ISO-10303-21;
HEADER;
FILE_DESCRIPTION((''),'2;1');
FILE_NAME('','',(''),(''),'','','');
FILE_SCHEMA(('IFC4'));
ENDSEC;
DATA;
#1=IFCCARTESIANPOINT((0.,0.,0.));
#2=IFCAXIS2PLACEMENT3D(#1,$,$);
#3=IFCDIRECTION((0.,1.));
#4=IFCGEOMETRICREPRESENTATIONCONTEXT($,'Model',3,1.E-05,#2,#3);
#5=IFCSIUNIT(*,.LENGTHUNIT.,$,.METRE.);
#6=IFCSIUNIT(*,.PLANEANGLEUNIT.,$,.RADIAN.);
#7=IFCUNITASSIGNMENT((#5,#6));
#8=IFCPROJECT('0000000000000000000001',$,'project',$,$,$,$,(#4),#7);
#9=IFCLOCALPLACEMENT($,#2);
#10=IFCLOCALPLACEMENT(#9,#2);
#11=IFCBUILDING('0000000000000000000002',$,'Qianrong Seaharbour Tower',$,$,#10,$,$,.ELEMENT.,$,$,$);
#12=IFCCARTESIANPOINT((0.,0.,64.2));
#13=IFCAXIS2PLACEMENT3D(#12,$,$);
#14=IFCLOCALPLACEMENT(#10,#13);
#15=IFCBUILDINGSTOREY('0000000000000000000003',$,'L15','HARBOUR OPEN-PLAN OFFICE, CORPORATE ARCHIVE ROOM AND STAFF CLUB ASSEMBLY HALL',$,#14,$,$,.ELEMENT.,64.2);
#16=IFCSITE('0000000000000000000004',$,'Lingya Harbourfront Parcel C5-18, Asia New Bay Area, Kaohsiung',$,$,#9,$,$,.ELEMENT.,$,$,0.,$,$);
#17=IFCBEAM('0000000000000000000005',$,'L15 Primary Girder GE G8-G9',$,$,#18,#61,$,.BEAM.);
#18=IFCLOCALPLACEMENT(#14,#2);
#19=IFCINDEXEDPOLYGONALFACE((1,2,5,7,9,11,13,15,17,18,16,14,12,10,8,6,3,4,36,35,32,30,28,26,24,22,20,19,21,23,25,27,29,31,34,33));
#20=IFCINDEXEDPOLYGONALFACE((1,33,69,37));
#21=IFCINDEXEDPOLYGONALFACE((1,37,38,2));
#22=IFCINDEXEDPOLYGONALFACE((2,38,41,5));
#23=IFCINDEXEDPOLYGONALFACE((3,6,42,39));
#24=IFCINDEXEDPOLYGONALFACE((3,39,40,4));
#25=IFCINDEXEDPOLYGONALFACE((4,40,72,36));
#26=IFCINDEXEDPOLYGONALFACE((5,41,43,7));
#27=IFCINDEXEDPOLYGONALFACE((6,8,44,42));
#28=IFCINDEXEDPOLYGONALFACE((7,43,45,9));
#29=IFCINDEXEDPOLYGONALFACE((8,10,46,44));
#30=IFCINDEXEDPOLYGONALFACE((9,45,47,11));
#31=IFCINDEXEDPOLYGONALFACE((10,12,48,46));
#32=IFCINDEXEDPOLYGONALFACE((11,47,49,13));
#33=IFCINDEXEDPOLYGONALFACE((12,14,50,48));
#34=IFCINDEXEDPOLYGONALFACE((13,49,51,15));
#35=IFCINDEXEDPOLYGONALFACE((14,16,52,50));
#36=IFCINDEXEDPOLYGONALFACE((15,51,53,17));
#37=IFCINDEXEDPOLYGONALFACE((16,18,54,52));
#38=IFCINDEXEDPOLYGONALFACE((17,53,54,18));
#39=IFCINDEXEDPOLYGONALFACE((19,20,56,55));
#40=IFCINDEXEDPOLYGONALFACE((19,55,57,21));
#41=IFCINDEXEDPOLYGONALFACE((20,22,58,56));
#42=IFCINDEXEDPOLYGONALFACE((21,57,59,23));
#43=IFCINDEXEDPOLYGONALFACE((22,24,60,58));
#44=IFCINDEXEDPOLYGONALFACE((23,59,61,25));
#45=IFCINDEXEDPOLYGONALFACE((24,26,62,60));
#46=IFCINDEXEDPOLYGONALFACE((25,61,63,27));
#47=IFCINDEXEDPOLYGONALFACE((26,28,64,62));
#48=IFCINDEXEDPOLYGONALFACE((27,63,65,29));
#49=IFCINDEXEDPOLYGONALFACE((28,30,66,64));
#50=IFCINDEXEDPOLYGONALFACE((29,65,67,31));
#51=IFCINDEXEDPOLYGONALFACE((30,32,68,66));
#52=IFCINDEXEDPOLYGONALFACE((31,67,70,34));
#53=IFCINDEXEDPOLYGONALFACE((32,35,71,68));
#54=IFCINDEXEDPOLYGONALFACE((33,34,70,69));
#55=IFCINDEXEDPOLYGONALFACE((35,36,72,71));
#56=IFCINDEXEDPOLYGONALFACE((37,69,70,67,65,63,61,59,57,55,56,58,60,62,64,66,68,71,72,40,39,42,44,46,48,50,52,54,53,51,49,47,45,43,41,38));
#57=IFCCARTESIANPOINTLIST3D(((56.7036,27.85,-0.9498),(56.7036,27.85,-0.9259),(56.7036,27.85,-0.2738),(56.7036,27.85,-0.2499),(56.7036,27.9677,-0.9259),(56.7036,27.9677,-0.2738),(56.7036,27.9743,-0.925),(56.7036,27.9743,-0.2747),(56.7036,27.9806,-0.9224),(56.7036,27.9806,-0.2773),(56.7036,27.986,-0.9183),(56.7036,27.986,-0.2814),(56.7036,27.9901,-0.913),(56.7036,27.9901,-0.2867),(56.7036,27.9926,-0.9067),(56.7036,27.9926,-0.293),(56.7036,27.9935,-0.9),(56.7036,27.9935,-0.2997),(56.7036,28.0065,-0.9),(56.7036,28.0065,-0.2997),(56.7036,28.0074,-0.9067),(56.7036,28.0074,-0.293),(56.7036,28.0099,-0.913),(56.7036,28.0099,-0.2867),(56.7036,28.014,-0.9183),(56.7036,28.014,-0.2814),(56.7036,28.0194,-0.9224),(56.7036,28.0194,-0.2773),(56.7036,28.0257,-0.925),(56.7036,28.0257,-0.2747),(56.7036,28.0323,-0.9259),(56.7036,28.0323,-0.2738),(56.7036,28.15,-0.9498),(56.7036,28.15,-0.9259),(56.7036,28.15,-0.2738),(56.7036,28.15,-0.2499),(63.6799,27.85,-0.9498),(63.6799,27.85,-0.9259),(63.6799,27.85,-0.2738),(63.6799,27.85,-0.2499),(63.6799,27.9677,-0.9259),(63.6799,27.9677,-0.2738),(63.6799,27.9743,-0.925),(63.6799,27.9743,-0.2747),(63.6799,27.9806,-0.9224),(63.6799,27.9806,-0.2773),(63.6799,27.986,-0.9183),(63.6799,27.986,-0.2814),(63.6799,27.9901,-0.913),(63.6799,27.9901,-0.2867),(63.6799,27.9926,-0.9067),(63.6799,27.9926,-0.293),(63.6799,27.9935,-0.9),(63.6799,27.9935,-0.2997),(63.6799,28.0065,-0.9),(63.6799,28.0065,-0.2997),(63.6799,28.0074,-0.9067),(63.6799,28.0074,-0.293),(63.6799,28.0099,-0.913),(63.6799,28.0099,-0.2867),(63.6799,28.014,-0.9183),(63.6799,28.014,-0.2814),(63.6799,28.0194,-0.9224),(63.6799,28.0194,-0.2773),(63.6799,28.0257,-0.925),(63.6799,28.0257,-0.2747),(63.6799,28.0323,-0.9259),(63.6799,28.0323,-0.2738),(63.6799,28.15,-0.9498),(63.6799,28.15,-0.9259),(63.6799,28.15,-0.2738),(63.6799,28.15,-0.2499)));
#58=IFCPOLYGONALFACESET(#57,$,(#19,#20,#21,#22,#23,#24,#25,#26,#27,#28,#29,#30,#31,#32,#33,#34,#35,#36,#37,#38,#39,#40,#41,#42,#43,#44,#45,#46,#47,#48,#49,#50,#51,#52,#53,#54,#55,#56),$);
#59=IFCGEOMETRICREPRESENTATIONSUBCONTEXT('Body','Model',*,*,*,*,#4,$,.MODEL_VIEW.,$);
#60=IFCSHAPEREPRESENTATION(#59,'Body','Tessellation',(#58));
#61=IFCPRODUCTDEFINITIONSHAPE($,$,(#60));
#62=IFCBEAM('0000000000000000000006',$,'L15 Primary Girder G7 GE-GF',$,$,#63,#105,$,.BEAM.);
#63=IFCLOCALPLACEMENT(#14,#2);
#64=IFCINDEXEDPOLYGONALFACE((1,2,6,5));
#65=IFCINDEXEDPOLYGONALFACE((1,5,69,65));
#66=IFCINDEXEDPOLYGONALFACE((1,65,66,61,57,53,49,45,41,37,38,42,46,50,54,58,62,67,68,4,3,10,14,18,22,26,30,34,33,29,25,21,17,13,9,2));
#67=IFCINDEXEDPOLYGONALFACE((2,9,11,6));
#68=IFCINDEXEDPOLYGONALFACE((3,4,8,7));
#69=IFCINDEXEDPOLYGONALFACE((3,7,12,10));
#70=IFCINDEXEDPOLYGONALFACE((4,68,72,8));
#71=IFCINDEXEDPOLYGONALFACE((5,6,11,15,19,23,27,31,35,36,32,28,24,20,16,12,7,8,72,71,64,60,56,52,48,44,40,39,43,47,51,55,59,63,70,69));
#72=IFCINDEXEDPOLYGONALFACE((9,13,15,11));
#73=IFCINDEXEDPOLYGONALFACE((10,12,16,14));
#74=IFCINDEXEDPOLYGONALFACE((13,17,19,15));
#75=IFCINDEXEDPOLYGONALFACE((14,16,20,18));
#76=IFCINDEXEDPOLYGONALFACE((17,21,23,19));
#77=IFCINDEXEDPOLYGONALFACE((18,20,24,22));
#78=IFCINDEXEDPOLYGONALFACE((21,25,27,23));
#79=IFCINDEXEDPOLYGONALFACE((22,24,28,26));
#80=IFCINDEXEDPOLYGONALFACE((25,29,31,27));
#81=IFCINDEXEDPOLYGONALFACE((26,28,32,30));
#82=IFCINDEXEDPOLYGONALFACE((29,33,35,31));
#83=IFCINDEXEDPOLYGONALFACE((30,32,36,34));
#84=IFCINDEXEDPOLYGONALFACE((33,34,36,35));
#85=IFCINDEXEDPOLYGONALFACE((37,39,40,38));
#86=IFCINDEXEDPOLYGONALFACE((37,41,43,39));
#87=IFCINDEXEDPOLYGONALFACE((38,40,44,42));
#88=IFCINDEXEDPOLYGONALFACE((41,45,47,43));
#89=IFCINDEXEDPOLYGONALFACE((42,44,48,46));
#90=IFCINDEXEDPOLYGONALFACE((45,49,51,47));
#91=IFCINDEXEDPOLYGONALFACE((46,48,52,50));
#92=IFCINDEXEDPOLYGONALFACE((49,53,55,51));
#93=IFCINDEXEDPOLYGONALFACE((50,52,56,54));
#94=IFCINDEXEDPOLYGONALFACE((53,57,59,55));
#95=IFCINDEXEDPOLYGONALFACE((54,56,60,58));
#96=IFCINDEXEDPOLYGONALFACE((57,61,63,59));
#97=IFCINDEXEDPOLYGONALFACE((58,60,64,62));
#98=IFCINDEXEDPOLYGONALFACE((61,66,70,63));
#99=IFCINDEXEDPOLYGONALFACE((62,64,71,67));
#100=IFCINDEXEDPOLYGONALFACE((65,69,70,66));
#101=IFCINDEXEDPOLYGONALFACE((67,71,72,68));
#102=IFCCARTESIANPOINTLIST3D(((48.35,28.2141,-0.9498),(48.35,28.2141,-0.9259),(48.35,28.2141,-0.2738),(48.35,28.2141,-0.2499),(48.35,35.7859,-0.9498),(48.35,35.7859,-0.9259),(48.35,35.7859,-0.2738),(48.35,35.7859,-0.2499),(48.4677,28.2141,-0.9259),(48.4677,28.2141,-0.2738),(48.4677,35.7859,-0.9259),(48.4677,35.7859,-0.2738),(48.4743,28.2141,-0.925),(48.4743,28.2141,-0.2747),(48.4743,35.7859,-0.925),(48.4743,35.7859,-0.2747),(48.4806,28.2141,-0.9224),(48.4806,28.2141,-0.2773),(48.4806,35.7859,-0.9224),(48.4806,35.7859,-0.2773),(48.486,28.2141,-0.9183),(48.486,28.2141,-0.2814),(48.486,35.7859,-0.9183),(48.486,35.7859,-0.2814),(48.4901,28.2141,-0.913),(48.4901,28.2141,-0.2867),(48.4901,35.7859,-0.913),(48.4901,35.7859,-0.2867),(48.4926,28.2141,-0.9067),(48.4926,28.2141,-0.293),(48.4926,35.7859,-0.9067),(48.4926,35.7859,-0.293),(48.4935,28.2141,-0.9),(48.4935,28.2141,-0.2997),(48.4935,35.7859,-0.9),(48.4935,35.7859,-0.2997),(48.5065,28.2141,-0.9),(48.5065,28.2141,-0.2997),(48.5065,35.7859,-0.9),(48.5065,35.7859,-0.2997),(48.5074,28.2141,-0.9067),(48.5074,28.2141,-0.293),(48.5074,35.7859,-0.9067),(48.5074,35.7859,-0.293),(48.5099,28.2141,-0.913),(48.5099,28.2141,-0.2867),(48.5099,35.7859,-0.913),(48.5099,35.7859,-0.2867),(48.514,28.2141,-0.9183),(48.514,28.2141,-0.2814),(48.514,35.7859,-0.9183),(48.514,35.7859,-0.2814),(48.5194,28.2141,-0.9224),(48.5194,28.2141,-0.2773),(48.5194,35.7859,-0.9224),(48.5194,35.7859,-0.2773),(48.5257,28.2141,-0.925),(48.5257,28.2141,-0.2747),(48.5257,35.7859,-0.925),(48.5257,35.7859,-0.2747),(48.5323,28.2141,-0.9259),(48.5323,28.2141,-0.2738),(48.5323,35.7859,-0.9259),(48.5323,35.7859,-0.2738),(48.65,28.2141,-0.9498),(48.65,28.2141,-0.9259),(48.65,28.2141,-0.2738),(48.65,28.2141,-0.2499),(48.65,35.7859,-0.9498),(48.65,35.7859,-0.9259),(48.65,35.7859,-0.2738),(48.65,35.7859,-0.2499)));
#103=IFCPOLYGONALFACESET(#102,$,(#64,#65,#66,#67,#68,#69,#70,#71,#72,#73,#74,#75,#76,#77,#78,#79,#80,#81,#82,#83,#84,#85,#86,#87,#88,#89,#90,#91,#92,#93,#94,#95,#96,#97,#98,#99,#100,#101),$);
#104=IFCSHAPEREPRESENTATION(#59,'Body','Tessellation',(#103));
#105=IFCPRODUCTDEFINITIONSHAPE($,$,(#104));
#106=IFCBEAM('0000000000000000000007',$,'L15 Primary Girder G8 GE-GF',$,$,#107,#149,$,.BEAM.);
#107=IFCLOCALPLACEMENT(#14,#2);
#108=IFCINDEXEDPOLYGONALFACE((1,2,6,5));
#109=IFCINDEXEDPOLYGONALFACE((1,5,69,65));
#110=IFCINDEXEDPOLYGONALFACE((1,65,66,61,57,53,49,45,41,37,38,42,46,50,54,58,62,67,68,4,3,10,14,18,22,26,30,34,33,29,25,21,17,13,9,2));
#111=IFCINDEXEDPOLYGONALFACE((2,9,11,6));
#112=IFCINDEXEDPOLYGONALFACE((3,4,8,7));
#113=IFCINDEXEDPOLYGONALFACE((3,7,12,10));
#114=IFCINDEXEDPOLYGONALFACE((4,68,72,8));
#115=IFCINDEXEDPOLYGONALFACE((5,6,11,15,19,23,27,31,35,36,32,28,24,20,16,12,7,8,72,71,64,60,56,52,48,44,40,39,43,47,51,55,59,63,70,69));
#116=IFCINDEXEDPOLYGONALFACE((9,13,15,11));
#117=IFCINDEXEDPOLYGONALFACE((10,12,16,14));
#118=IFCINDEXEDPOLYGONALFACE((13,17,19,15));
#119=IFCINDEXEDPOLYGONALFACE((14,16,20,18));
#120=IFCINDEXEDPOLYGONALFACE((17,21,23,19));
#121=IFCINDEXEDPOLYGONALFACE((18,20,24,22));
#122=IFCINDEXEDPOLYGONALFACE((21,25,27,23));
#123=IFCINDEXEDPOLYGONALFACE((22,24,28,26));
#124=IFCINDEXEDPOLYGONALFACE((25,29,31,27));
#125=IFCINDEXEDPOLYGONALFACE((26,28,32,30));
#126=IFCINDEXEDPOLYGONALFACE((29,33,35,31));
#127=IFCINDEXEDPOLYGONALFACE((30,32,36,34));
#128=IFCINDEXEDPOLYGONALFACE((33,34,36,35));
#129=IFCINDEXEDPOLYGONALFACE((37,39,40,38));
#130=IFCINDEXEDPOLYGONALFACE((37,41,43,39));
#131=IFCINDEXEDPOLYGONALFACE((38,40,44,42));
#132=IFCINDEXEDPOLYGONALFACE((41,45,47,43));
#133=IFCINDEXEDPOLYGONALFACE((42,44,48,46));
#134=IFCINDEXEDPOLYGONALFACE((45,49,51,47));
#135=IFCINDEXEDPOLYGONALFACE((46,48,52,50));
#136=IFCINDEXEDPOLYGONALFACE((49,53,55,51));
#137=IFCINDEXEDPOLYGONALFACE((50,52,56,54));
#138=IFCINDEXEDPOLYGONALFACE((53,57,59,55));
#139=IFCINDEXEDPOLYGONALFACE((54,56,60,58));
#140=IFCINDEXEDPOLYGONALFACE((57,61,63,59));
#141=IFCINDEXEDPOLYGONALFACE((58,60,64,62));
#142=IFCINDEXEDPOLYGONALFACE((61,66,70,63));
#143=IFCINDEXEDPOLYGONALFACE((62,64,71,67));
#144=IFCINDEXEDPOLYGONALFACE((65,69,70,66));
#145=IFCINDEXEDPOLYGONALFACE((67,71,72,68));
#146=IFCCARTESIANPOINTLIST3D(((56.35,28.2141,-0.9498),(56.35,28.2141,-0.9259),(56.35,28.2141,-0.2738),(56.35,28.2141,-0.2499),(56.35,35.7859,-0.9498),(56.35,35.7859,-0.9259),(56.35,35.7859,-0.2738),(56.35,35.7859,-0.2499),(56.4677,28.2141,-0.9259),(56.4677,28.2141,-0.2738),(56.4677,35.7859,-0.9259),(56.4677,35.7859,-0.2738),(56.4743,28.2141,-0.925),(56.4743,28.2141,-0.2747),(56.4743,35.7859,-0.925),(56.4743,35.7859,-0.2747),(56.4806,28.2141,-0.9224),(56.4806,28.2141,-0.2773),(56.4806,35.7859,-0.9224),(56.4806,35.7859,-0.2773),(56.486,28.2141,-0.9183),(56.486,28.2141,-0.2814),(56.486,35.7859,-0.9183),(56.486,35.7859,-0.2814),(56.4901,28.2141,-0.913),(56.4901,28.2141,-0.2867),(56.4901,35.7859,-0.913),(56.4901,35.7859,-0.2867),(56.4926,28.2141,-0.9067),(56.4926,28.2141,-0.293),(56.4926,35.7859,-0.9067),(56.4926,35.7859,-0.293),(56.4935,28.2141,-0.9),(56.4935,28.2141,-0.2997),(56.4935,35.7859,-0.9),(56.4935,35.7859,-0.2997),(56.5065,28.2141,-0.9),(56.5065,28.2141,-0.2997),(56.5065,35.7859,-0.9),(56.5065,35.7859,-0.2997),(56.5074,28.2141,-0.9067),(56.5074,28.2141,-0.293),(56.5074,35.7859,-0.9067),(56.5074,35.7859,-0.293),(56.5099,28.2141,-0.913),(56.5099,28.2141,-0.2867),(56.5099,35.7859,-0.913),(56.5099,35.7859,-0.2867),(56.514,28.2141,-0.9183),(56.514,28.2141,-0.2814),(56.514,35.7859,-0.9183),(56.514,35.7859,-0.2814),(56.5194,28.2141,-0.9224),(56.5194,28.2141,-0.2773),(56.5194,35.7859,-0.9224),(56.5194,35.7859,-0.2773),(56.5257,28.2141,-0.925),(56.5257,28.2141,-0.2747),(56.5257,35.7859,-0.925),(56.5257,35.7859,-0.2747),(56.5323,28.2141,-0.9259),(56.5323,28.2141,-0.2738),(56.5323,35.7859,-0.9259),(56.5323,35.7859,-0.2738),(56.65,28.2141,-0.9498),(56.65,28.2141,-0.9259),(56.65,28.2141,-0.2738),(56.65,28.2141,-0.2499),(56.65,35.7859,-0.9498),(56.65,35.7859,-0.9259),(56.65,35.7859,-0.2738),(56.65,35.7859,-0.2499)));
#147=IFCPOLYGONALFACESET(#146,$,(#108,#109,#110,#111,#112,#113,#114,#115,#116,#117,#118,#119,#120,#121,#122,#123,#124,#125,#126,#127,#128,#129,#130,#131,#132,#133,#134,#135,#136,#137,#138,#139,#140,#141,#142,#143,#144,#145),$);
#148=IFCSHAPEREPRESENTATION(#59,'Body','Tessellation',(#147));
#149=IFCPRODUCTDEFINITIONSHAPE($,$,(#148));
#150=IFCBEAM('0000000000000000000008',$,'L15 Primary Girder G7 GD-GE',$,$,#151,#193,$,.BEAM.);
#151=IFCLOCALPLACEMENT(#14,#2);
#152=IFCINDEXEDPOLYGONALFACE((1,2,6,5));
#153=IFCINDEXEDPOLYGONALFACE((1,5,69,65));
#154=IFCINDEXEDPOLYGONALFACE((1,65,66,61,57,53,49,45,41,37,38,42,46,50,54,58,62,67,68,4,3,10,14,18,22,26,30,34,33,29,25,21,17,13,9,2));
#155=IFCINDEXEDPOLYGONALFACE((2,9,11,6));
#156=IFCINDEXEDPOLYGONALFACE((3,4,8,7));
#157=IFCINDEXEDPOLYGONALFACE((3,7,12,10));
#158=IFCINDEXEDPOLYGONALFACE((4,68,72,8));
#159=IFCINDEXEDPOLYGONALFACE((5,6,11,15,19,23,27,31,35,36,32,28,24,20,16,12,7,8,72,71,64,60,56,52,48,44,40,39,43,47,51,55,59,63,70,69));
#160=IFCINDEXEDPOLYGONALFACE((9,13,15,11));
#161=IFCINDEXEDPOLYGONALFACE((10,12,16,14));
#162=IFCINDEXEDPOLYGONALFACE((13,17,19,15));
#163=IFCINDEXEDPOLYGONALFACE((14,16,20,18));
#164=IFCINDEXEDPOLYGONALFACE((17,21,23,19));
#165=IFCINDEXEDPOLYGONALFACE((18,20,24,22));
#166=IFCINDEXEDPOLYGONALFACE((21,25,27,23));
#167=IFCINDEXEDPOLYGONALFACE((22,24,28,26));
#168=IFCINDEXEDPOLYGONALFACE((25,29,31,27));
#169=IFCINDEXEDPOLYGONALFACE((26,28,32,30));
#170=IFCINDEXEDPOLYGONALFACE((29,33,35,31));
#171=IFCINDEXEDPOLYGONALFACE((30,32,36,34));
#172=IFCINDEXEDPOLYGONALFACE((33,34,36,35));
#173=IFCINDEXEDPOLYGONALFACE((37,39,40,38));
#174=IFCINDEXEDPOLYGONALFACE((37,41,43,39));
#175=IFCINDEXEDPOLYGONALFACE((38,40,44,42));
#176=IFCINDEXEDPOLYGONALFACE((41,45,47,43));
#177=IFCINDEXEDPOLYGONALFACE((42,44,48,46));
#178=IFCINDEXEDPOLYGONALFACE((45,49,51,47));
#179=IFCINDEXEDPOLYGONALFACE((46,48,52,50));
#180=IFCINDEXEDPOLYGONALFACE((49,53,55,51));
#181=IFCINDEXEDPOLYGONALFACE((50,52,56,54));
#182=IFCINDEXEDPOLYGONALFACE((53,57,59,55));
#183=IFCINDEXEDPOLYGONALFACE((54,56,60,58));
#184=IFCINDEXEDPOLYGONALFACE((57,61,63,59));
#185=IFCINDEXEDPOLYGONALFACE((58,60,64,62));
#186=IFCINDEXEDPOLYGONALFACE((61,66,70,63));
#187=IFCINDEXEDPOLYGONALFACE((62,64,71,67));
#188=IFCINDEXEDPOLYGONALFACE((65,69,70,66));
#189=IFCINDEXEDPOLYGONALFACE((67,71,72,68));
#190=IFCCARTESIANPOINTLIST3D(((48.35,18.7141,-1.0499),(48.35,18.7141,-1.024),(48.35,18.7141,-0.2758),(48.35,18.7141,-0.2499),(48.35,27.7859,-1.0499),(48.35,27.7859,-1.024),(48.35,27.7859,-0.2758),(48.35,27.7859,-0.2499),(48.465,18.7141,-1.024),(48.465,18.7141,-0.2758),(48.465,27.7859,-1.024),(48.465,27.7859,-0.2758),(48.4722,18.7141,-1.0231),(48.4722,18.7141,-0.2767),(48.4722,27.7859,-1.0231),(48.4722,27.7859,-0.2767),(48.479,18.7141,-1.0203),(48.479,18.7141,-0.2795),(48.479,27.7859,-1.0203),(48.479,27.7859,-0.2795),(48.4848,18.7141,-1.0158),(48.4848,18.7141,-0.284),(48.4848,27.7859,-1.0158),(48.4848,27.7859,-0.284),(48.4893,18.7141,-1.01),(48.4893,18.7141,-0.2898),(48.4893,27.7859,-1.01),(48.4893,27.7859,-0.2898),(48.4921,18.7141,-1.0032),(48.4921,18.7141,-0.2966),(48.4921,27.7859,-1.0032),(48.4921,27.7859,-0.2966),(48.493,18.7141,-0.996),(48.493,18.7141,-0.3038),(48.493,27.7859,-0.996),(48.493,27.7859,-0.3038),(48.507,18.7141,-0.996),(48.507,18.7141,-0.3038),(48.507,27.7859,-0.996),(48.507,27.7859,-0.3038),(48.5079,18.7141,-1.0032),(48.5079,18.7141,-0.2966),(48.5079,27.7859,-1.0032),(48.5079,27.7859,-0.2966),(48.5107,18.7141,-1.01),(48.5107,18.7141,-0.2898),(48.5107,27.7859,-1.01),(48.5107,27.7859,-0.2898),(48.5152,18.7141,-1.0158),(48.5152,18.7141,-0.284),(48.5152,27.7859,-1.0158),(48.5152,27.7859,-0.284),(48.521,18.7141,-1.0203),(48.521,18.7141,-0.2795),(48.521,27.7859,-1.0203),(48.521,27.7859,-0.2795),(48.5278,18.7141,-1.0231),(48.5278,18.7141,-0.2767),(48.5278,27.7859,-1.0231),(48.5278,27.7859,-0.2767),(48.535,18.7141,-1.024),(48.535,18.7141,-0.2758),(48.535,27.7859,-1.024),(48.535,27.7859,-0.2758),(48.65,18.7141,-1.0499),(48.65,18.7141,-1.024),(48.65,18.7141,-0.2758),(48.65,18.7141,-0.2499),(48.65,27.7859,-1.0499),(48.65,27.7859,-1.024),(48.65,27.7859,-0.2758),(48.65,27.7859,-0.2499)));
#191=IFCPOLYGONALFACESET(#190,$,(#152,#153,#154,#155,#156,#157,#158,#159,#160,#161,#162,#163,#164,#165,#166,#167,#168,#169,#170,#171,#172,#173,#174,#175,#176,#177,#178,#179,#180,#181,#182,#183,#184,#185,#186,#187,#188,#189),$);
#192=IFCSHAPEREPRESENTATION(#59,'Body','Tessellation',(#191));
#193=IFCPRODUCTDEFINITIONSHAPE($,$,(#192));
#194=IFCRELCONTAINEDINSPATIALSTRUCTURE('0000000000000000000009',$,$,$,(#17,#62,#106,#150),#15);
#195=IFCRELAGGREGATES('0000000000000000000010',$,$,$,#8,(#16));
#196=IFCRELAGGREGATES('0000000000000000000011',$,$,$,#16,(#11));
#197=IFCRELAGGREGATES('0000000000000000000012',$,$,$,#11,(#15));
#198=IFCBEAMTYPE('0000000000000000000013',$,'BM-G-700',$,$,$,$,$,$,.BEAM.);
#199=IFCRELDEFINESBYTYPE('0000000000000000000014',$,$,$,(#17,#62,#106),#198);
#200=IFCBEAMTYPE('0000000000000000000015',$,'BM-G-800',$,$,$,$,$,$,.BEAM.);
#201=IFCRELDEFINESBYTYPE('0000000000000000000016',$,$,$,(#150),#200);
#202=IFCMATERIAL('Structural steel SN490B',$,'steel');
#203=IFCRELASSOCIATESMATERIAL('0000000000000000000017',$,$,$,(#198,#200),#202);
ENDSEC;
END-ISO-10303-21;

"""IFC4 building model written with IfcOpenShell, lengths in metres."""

from ifc_helpers import new_model, si_unit, direction, frame, origin, origin_2d, place, context, subcontext, project, spatial, i_section, extrude, material, material_profile, profile_set, type_object, element, save


model = new_model("IFC4")

# Units and contexts
model_context = context("Model", 3, precision=1e-05, world=origin(), true_north=direction((0.0, 1.0)))
body_context = subcontext(model_context, "Body", "Model", "MODEL_VIEW")
ifc_project = project(units=[si_unit("LENGTHUNIT", "METRE"), si_unit("PLANEANGLEUNIT", "RADIAN")], contexts=[model_context])

# Site, building, storey
site_placement = place(None, origin())
site = spatial("IfcSite", under=ifc_project, at=site_placement, Name="Lingya Harbourfront Parcel C5-18, Asia New Bay Area, Kaohsiung", CompositionType="ELEMENT", RefElevation=0.0)
building_placement = place(site_placement, origin())
building = spatial("IfcBuilding", under=site, at=building_placement, Name="Qianrong Seaharbour Tower", CompositionType="ELEMENT")
storey_placement = place(building_placement, frame((0.0, 0.0, 64.2)))
storey = spatial("IfcBuildingStorey", under=building, at=storey_placement, Name="L15", Description="HARBOUR OPEN-PLAN OFFICE, CORPORATE ARCHIVE ROOM AND STAFF CLUB ASSEMBLY HALL", CompositionType="ELEMENT", Elevation=64.2)

# Shared definitions
ifc_material_1 = material(Name="Structural steel SN490B", Category="steel")

# Beams
ifc_material_profile_1 = material_profile(ifc_material_1, i_section(OverallWidth=0.3, OverallDepth=0.7, WebThickness=0.0129, FlangeThickness=0.0239, FilletRadius=0.0259, at=origin_2d()), Name="H700x300x13x24")
ifc_profile_set_1 = profile_set([ifc_material_profile_1], Name="Structural steel SN490B")
beam_type_1 = type_object("IfcBeamType", Name="BM-G-700", PredefinedType="BEAM", material=ifc_profile_set_1)
beam_1_placement = place(storey_placement, frame((56.7036, 28.0, -0.5999), z_axis=(1.0, 0.0, 0.0), x_axis=(0.0, 1.0, 0.0)))
element("IfcBeam", 1, at=beam_1_placement, inside=storey, type_object=beam_type_1, Name="L15 Primary Girder GE G8-G9", PredefinedType="BEAM", context=body_context, shape_type="SweptSolid", body=[
    extrude(i_section(OverallWidth=0.3, OverallDepth=0.7, WebThickness=0.0129, FlangeThickness=0.0239, FilletRadius=0.0259, at=origin_2d()), origin(), (0.0, 0.0, 1.0), 6.9763),
])
for number, where, z_axis, x_axis, name in (
    (2, (48.5, 28.2141, -0.5999), (0.0, 1.0, 0.0), (-1.0, 0.0, 0.0), "L15 Primary Girder G7 GE-GF"),
    (3, (56.5, 28.2141, -0.5999), (0.0, 1.0, 0.0), (-1.0, 0.0, 0.0), "L15 Primary Girder G8 GE-GF"),
):
    element("IfcBeam", number, at=place(storey_placement, frame(where, z_axis=z_axis, x_axis=x_axis)), inside=storey, type_object=beam_type_1, Name=name, PredefinedType="BEAM", context=body_context, shape_type="SweptSolid", body=[
        extrude(i_section(OverallWidth=0.3, OverallDepth=0.7, WebThickness=0.0129, FlangeThickness=0.0239, FilletRadius=0.0259, at=origin_2d()), origin(), (0.0, 0.0, 1.0), 7.5718),
    ])
ifc_material_profile_2 = material_profile(ifc_material_1, i_section(OverallWidth=0.3, OverallDepth=0.8, WebThickness=0.0139, FlangeThickness=0.0259, FilletRadius=0.0281, at=origin_2d()), Name="H800x300x14x26")
ifc_profile_set_2 = profile_set([ifc_material_profile_2], Name="Structural steel SN490B")
beam_type_2 = type_object("IfcBeamType", Name="BM-G-800", PredefinedType="BEAM", material=ifc_profile_set_2)
for number, where, z_axis, x_axis, name in (
    (4, (48.5, 18.7141, -0.6499), (0.0, 1.0, 0.0), (-1.0, 0.0, 0.0), "L15 Primary Girder G7 GD-GE"),
):
    element("IfcBeam", number, at=place(storey_placement, frame(where, z_axis=z_axis, x_axis=x_axis)), inside=storey, type_object=beam_type_2, Name=name, PredefinedType="BEAM", context=body_context, shape_type="SweptSolid", body=[
        extrude(i_section(OverallWidth=0.3, OverallDepth=0.8, WebThickness=0.0139, FlangeThickness=0.0259, FilletRadius=0.0281, at=origin_2d()), origin(), (0.0, 0.0, 1.0), 9.0718),
    ])

save(model, "model.ifc")
